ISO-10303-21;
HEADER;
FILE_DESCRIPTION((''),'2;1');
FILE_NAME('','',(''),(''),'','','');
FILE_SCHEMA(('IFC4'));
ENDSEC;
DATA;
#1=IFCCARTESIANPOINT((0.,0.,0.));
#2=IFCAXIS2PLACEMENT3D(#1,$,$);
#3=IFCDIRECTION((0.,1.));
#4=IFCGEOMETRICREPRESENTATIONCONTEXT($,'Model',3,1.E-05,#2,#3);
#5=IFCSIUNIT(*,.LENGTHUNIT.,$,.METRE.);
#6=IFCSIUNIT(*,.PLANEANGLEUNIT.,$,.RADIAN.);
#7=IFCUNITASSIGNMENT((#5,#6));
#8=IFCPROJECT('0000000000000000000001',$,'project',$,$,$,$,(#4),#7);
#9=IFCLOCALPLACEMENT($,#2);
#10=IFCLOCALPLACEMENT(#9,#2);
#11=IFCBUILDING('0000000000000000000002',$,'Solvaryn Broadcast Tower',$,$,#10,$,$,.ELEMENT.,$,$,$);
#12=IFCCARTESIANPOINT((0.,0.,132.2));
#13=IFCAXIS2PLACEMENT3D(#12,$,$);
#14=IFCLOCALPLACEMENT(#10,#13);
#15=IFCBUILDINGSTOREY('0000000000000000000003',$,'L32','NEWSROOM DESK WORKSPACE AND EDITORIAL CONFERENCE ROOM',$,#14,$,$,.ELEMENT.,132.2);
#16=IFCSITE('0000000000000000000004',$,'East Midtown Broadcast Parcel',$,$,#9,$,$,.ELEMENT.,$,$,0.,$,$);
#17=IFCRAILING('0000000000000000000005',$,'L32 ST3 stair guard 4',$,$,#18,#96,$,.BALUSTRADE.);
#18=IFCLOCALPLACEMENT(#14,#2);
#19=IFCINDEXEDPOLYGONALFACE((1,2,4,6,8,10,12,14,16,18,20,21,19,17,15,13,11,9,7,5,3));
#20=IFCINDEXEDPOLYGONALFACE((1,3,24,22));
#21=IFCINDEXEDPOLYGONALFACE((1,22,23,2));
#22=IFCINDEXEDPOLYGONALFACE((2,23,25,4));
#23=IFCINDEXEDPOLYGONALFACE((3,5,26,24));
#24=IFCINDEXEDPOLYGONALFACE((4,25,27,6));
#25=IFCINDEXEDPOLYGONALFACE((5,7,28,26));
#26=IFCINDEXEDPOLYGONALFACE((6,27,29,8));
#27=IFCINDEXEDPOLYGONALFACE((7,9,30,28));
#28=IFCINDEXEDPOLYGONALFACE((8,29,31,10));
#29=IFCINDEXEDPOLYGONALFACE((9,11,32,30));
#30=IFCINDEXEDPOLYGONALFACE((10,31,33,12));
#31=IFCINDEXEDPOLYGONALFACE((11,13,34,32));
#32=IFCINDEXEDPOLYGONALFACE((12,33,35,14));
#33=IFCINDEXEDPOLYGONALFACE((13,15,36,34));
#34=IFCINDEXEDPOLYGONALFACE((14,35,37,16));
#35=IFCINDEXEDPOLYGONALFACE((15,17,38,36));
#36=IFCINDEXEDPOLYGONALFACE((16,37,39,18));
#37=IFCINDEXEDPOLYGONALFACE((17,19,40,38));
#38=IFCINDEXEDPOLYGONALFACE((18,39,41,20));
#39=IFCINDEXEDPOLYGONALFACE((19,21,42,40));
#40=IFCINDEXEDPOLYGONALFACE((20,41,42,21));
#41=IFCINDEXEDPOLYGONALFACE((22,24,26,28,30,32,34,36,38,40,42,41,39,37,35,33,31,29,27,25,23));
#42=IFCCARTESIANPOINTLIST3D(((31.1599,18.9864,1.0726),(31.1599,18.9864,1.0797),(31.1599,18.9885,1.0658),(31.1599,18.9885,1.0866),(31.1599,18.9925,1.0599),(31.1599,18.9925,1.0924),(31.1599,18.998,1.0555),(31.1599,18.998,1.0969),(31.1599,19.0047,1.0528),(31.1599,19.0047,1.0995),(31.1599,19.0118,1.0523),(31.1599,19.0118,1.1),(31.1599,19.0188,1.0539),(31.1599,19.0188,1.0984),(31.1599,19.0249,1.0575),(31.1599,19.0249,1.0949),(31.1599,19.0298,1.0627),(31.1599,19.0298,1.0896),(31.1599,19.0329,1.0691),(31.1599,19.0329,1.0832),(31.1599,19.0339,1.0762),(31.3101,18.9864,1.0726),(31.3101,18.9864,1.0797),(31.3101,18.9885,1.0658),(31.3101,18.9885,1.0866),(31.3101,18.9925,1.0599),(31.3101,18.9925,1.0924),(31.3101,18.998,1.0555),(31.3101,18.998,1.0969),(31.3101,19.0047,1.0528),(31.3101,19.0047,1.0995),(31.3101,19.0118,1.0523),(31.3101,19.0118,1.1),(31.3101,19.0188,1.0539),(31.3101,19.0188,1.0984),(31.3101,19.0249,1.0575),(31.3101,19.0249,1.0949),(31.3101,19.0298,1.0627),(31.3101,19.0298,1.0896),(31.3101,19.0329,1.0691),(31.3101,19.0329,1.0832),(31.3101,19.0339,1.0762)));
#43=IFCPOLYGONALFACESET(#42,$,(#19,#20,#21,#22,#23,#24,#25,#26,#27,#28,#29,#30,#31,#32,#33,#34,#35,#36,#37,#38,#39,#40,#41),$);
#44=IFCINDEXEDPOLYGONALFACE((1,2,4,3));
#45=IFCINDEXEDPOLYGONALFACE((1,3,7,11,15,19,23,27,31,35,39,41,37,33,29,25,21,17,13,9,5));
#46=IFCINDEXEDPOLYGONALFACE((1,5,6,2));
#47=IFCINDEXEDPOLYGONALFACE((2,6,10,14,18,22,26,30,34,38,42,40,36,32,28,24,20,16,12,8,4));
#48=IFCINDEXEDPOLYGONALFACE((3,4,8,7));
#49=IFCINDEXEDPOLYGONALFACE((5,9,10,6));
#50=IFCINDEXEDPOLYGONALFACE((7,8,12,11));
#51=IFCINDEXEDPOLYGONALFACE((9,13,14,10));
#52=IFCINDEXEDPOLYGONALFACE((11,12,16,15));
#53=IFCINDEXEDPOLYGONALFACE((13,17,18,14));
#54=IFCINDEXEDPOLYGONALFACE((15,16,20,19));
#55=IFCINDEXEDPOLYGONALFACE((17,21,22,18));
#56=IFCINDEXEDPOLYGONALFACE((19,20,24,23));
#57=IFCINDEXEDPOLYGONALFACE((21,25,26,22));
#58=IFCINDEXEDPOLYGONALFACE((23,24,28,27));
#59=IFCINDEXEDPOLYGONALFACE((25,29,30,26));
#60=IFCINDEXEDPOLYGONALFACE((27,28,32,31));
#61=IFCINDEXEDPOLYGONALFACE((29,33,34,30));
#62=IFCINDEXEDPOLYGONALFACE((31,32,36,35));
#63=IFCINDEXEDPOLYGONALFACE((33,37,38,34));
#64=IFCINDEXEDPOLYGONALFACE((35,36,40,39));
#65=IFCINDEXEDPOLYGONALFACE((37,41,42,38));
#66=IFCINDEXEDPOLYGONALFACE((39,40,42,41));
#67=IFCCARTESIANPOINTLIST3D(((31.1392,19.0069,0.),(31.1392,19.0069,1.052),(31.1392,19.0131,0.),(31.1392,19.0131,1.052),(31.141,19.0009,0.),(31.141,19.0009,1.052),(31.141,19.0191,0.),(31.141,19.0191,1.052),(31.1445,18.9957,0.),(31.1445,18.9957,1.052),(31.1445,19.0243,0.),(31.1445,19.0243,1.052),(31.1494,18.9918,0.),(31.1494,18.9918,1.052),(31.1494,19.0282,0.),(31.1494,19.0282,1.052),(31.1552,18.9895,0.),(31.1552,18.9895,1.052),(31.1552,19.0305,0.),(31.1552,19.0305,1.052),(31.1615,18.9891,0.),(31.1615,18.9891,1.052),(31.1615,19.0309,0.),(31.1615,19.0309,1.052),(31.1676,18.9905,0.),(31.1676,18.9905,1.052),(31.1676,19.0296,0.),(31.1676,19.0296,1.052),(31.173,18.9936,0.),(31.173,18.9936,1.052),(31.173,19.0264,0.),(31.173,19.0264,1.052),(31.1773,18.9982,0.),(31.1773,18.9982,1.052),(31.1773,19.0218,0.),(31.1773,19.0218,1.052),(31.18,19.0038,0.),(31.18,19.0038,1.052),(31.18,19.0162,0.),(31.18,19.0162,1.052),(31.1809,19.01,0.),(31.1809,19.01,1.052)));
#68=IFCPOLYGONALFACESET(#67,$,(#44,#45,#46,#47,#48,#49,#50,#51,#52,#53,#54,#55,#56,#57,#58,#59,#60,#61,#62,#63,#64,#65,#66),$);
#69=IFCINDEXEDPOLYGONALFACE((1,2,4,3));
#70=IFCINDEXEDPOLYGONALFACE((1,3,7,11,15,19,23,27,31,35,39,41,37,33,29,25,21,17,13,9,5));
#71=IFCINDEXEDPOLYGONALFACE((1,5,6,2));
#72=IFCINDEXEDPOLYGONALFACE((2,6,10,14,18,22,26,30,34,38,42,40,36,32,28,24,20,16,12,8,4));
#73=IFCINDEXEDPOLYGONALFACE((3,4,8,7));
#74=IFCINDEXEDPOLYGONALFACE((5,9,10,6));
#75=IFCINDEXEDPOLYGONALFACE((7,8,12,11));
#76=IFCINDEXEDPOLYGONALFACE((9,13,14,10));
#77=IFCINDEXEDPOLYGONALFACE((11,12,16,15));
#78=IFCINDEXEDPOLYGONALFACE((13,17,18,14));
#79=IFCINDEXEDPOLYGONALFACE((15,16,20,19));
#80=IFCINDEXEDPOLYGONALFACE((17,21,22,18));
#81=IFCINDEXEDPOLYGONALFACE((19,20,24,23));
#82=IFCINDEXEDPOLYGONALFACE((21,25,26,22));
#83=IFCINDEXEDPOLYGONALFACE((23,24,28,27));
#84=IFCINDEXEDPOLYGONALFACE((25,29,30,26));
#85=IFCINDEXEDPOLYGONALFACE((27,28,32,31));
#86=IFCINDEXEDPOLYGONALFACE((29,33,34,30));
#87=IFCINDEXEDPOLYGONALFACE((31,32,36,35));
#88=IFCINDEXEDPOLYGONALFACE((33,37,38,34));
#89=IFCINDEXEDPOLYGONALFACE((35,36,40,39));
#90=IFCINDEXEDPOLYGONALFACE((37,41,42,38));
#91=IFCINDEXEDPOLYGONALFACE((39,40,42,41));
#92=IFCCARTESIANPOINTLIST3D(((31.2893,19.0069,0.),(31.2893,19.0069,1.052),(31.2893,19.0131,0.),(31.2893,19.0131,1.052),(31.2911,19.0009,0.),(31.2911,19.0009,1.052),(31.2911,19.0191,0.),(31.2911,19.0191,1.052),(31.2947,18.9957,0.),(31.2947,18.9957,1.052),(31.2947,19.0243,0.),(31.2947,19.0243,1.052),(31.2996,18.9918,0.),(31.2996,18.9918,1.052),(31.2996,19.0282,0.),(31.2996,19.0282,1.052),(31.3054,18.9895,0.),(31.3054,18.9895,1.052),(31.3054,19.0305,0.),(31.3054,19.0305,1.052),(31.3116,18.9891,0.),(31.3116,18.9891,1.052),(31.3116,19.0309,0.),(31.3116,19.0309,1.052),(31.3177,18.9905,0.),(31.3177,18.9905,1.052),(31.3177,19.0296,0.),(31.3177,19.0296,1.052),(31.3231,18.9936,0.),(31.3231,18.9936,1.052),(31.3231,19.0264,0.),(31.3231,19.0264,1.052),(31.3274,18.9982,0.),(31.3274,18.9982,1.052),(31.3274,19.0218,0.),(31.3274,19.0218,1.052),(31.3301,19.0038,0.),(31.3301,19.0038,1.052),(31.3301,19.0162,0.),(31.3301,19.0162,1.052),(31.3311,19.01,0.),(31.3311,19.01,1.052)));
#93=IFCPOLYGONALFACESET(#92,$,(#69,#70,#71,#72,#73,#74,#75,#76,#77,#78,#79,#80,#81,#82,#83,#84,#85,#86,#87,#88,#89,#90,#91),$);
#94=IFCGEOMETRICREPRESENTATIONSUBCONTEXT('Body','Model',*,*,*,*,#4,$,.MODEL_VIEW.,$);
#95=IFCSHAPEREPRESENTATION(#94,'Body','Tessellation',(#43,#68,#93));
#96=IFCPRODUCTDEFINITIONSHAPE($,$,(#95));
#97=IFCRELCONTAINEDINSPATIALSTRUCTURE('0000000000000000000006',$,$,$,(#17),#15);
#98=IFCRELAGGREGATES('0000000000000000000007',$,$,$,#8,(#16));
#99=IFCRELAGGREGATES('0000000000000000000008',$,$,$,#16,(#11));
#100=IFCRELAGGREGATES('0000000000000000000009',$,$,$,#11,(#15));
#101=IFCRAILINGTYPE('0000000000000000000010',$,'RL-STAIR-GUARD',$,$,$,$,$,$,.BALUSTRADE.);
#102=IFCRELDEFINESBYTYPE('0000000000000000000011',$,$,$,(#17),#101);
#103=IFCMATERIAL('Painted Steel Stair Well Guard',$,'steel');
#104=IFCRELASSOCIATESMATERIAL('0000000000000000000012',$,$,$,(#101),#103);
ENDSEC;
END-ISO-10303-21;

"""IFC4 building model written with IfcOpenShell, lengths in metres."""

from ifc_helpers import new_model, si_unit, direction, frame, origin, origin_2d, place, context, subcontext, project, spatial, circle, extrude, material, type_object, element, save


model = new_model("IFC4")

# Units and contexts
model_context = context("Model", 3, precision=1e-05, world=origin(), true_north=direction((0.0, 1.0)))
body_context = subcontext(model_context, "Body", "Model", "MODEL_VIEW")
ifc_project = project(units=[si_unit("LENGTHUNIT", "METRE"), si_unit("PLANEANGLEUNIT", "RADIAN")], contexts=[model_context])

# Site, building, storey
site_placement = place(None, origin())
site = spatial("IfcSite", under=ifc_project, at=site_placement, Name="East Midtown Broadcast Parcel", CompositionType="ELEMENT", RefElevation=0.0)
building_placement = place(site_placement, origin())
building = spatial("IfcBuilding", under=site, at=building_placement, Name="Solvaryn Broadcast Tower", CompositionType="ELEMENT")
storey_placement = place(building_placement, frame((0.0, 0.0, 132.2)))
storey = spatial("IfcBuildingStorey", under=building, at=storey_placement, Name="L32", Description="NEWSROOM DESK WORKSPACE AND EDITORIAL CONFERENCE ROOM", CompositionType="ELEMENT", Elevation=132.2)

# Railing
ifc_material_1 = material(Name="Painted Steel Stair Well Guard", Category="steel")
railing_type_1 = type_object("IfcRailingType", Name="RL-STAIR-GUARD", PredefinedType="BALUSTRADE", material=ifc_material_1)
railing_1_placement = place(storey_placement, frame((31.1599, 19.01, 0.0)))
element("IfcRailing", 1, at=railing_1_placement, inside=storey, type_object=railing_type_1, Name="L32 ST3 stair guard 4", PredefinedType="BALUSTRADE", context=body_context, shape_type="SweptSolid", body=[
    extrude(circle(Radius=0.0239, at=origin_2d()), frame((0.0, 0.0, 1.0762), z_axis=(1.0, 0.0, 0.0), x_axis=(0.0, 1.0, 0.0)), (0.0, 0.0, 1.0), 0.1501),
    extrude(circle(Radius=0.021, at=origin_2d()), origin(), (0.0, 0.0, 1.0), 1.052),
    extrude(circle(Radius=0.021, at=origin_2d()), frame((0.1501, 0.0, 0.0)), (0.0, 0.0, 1.0), 1.052),
])

save(model, "model.ifc")
